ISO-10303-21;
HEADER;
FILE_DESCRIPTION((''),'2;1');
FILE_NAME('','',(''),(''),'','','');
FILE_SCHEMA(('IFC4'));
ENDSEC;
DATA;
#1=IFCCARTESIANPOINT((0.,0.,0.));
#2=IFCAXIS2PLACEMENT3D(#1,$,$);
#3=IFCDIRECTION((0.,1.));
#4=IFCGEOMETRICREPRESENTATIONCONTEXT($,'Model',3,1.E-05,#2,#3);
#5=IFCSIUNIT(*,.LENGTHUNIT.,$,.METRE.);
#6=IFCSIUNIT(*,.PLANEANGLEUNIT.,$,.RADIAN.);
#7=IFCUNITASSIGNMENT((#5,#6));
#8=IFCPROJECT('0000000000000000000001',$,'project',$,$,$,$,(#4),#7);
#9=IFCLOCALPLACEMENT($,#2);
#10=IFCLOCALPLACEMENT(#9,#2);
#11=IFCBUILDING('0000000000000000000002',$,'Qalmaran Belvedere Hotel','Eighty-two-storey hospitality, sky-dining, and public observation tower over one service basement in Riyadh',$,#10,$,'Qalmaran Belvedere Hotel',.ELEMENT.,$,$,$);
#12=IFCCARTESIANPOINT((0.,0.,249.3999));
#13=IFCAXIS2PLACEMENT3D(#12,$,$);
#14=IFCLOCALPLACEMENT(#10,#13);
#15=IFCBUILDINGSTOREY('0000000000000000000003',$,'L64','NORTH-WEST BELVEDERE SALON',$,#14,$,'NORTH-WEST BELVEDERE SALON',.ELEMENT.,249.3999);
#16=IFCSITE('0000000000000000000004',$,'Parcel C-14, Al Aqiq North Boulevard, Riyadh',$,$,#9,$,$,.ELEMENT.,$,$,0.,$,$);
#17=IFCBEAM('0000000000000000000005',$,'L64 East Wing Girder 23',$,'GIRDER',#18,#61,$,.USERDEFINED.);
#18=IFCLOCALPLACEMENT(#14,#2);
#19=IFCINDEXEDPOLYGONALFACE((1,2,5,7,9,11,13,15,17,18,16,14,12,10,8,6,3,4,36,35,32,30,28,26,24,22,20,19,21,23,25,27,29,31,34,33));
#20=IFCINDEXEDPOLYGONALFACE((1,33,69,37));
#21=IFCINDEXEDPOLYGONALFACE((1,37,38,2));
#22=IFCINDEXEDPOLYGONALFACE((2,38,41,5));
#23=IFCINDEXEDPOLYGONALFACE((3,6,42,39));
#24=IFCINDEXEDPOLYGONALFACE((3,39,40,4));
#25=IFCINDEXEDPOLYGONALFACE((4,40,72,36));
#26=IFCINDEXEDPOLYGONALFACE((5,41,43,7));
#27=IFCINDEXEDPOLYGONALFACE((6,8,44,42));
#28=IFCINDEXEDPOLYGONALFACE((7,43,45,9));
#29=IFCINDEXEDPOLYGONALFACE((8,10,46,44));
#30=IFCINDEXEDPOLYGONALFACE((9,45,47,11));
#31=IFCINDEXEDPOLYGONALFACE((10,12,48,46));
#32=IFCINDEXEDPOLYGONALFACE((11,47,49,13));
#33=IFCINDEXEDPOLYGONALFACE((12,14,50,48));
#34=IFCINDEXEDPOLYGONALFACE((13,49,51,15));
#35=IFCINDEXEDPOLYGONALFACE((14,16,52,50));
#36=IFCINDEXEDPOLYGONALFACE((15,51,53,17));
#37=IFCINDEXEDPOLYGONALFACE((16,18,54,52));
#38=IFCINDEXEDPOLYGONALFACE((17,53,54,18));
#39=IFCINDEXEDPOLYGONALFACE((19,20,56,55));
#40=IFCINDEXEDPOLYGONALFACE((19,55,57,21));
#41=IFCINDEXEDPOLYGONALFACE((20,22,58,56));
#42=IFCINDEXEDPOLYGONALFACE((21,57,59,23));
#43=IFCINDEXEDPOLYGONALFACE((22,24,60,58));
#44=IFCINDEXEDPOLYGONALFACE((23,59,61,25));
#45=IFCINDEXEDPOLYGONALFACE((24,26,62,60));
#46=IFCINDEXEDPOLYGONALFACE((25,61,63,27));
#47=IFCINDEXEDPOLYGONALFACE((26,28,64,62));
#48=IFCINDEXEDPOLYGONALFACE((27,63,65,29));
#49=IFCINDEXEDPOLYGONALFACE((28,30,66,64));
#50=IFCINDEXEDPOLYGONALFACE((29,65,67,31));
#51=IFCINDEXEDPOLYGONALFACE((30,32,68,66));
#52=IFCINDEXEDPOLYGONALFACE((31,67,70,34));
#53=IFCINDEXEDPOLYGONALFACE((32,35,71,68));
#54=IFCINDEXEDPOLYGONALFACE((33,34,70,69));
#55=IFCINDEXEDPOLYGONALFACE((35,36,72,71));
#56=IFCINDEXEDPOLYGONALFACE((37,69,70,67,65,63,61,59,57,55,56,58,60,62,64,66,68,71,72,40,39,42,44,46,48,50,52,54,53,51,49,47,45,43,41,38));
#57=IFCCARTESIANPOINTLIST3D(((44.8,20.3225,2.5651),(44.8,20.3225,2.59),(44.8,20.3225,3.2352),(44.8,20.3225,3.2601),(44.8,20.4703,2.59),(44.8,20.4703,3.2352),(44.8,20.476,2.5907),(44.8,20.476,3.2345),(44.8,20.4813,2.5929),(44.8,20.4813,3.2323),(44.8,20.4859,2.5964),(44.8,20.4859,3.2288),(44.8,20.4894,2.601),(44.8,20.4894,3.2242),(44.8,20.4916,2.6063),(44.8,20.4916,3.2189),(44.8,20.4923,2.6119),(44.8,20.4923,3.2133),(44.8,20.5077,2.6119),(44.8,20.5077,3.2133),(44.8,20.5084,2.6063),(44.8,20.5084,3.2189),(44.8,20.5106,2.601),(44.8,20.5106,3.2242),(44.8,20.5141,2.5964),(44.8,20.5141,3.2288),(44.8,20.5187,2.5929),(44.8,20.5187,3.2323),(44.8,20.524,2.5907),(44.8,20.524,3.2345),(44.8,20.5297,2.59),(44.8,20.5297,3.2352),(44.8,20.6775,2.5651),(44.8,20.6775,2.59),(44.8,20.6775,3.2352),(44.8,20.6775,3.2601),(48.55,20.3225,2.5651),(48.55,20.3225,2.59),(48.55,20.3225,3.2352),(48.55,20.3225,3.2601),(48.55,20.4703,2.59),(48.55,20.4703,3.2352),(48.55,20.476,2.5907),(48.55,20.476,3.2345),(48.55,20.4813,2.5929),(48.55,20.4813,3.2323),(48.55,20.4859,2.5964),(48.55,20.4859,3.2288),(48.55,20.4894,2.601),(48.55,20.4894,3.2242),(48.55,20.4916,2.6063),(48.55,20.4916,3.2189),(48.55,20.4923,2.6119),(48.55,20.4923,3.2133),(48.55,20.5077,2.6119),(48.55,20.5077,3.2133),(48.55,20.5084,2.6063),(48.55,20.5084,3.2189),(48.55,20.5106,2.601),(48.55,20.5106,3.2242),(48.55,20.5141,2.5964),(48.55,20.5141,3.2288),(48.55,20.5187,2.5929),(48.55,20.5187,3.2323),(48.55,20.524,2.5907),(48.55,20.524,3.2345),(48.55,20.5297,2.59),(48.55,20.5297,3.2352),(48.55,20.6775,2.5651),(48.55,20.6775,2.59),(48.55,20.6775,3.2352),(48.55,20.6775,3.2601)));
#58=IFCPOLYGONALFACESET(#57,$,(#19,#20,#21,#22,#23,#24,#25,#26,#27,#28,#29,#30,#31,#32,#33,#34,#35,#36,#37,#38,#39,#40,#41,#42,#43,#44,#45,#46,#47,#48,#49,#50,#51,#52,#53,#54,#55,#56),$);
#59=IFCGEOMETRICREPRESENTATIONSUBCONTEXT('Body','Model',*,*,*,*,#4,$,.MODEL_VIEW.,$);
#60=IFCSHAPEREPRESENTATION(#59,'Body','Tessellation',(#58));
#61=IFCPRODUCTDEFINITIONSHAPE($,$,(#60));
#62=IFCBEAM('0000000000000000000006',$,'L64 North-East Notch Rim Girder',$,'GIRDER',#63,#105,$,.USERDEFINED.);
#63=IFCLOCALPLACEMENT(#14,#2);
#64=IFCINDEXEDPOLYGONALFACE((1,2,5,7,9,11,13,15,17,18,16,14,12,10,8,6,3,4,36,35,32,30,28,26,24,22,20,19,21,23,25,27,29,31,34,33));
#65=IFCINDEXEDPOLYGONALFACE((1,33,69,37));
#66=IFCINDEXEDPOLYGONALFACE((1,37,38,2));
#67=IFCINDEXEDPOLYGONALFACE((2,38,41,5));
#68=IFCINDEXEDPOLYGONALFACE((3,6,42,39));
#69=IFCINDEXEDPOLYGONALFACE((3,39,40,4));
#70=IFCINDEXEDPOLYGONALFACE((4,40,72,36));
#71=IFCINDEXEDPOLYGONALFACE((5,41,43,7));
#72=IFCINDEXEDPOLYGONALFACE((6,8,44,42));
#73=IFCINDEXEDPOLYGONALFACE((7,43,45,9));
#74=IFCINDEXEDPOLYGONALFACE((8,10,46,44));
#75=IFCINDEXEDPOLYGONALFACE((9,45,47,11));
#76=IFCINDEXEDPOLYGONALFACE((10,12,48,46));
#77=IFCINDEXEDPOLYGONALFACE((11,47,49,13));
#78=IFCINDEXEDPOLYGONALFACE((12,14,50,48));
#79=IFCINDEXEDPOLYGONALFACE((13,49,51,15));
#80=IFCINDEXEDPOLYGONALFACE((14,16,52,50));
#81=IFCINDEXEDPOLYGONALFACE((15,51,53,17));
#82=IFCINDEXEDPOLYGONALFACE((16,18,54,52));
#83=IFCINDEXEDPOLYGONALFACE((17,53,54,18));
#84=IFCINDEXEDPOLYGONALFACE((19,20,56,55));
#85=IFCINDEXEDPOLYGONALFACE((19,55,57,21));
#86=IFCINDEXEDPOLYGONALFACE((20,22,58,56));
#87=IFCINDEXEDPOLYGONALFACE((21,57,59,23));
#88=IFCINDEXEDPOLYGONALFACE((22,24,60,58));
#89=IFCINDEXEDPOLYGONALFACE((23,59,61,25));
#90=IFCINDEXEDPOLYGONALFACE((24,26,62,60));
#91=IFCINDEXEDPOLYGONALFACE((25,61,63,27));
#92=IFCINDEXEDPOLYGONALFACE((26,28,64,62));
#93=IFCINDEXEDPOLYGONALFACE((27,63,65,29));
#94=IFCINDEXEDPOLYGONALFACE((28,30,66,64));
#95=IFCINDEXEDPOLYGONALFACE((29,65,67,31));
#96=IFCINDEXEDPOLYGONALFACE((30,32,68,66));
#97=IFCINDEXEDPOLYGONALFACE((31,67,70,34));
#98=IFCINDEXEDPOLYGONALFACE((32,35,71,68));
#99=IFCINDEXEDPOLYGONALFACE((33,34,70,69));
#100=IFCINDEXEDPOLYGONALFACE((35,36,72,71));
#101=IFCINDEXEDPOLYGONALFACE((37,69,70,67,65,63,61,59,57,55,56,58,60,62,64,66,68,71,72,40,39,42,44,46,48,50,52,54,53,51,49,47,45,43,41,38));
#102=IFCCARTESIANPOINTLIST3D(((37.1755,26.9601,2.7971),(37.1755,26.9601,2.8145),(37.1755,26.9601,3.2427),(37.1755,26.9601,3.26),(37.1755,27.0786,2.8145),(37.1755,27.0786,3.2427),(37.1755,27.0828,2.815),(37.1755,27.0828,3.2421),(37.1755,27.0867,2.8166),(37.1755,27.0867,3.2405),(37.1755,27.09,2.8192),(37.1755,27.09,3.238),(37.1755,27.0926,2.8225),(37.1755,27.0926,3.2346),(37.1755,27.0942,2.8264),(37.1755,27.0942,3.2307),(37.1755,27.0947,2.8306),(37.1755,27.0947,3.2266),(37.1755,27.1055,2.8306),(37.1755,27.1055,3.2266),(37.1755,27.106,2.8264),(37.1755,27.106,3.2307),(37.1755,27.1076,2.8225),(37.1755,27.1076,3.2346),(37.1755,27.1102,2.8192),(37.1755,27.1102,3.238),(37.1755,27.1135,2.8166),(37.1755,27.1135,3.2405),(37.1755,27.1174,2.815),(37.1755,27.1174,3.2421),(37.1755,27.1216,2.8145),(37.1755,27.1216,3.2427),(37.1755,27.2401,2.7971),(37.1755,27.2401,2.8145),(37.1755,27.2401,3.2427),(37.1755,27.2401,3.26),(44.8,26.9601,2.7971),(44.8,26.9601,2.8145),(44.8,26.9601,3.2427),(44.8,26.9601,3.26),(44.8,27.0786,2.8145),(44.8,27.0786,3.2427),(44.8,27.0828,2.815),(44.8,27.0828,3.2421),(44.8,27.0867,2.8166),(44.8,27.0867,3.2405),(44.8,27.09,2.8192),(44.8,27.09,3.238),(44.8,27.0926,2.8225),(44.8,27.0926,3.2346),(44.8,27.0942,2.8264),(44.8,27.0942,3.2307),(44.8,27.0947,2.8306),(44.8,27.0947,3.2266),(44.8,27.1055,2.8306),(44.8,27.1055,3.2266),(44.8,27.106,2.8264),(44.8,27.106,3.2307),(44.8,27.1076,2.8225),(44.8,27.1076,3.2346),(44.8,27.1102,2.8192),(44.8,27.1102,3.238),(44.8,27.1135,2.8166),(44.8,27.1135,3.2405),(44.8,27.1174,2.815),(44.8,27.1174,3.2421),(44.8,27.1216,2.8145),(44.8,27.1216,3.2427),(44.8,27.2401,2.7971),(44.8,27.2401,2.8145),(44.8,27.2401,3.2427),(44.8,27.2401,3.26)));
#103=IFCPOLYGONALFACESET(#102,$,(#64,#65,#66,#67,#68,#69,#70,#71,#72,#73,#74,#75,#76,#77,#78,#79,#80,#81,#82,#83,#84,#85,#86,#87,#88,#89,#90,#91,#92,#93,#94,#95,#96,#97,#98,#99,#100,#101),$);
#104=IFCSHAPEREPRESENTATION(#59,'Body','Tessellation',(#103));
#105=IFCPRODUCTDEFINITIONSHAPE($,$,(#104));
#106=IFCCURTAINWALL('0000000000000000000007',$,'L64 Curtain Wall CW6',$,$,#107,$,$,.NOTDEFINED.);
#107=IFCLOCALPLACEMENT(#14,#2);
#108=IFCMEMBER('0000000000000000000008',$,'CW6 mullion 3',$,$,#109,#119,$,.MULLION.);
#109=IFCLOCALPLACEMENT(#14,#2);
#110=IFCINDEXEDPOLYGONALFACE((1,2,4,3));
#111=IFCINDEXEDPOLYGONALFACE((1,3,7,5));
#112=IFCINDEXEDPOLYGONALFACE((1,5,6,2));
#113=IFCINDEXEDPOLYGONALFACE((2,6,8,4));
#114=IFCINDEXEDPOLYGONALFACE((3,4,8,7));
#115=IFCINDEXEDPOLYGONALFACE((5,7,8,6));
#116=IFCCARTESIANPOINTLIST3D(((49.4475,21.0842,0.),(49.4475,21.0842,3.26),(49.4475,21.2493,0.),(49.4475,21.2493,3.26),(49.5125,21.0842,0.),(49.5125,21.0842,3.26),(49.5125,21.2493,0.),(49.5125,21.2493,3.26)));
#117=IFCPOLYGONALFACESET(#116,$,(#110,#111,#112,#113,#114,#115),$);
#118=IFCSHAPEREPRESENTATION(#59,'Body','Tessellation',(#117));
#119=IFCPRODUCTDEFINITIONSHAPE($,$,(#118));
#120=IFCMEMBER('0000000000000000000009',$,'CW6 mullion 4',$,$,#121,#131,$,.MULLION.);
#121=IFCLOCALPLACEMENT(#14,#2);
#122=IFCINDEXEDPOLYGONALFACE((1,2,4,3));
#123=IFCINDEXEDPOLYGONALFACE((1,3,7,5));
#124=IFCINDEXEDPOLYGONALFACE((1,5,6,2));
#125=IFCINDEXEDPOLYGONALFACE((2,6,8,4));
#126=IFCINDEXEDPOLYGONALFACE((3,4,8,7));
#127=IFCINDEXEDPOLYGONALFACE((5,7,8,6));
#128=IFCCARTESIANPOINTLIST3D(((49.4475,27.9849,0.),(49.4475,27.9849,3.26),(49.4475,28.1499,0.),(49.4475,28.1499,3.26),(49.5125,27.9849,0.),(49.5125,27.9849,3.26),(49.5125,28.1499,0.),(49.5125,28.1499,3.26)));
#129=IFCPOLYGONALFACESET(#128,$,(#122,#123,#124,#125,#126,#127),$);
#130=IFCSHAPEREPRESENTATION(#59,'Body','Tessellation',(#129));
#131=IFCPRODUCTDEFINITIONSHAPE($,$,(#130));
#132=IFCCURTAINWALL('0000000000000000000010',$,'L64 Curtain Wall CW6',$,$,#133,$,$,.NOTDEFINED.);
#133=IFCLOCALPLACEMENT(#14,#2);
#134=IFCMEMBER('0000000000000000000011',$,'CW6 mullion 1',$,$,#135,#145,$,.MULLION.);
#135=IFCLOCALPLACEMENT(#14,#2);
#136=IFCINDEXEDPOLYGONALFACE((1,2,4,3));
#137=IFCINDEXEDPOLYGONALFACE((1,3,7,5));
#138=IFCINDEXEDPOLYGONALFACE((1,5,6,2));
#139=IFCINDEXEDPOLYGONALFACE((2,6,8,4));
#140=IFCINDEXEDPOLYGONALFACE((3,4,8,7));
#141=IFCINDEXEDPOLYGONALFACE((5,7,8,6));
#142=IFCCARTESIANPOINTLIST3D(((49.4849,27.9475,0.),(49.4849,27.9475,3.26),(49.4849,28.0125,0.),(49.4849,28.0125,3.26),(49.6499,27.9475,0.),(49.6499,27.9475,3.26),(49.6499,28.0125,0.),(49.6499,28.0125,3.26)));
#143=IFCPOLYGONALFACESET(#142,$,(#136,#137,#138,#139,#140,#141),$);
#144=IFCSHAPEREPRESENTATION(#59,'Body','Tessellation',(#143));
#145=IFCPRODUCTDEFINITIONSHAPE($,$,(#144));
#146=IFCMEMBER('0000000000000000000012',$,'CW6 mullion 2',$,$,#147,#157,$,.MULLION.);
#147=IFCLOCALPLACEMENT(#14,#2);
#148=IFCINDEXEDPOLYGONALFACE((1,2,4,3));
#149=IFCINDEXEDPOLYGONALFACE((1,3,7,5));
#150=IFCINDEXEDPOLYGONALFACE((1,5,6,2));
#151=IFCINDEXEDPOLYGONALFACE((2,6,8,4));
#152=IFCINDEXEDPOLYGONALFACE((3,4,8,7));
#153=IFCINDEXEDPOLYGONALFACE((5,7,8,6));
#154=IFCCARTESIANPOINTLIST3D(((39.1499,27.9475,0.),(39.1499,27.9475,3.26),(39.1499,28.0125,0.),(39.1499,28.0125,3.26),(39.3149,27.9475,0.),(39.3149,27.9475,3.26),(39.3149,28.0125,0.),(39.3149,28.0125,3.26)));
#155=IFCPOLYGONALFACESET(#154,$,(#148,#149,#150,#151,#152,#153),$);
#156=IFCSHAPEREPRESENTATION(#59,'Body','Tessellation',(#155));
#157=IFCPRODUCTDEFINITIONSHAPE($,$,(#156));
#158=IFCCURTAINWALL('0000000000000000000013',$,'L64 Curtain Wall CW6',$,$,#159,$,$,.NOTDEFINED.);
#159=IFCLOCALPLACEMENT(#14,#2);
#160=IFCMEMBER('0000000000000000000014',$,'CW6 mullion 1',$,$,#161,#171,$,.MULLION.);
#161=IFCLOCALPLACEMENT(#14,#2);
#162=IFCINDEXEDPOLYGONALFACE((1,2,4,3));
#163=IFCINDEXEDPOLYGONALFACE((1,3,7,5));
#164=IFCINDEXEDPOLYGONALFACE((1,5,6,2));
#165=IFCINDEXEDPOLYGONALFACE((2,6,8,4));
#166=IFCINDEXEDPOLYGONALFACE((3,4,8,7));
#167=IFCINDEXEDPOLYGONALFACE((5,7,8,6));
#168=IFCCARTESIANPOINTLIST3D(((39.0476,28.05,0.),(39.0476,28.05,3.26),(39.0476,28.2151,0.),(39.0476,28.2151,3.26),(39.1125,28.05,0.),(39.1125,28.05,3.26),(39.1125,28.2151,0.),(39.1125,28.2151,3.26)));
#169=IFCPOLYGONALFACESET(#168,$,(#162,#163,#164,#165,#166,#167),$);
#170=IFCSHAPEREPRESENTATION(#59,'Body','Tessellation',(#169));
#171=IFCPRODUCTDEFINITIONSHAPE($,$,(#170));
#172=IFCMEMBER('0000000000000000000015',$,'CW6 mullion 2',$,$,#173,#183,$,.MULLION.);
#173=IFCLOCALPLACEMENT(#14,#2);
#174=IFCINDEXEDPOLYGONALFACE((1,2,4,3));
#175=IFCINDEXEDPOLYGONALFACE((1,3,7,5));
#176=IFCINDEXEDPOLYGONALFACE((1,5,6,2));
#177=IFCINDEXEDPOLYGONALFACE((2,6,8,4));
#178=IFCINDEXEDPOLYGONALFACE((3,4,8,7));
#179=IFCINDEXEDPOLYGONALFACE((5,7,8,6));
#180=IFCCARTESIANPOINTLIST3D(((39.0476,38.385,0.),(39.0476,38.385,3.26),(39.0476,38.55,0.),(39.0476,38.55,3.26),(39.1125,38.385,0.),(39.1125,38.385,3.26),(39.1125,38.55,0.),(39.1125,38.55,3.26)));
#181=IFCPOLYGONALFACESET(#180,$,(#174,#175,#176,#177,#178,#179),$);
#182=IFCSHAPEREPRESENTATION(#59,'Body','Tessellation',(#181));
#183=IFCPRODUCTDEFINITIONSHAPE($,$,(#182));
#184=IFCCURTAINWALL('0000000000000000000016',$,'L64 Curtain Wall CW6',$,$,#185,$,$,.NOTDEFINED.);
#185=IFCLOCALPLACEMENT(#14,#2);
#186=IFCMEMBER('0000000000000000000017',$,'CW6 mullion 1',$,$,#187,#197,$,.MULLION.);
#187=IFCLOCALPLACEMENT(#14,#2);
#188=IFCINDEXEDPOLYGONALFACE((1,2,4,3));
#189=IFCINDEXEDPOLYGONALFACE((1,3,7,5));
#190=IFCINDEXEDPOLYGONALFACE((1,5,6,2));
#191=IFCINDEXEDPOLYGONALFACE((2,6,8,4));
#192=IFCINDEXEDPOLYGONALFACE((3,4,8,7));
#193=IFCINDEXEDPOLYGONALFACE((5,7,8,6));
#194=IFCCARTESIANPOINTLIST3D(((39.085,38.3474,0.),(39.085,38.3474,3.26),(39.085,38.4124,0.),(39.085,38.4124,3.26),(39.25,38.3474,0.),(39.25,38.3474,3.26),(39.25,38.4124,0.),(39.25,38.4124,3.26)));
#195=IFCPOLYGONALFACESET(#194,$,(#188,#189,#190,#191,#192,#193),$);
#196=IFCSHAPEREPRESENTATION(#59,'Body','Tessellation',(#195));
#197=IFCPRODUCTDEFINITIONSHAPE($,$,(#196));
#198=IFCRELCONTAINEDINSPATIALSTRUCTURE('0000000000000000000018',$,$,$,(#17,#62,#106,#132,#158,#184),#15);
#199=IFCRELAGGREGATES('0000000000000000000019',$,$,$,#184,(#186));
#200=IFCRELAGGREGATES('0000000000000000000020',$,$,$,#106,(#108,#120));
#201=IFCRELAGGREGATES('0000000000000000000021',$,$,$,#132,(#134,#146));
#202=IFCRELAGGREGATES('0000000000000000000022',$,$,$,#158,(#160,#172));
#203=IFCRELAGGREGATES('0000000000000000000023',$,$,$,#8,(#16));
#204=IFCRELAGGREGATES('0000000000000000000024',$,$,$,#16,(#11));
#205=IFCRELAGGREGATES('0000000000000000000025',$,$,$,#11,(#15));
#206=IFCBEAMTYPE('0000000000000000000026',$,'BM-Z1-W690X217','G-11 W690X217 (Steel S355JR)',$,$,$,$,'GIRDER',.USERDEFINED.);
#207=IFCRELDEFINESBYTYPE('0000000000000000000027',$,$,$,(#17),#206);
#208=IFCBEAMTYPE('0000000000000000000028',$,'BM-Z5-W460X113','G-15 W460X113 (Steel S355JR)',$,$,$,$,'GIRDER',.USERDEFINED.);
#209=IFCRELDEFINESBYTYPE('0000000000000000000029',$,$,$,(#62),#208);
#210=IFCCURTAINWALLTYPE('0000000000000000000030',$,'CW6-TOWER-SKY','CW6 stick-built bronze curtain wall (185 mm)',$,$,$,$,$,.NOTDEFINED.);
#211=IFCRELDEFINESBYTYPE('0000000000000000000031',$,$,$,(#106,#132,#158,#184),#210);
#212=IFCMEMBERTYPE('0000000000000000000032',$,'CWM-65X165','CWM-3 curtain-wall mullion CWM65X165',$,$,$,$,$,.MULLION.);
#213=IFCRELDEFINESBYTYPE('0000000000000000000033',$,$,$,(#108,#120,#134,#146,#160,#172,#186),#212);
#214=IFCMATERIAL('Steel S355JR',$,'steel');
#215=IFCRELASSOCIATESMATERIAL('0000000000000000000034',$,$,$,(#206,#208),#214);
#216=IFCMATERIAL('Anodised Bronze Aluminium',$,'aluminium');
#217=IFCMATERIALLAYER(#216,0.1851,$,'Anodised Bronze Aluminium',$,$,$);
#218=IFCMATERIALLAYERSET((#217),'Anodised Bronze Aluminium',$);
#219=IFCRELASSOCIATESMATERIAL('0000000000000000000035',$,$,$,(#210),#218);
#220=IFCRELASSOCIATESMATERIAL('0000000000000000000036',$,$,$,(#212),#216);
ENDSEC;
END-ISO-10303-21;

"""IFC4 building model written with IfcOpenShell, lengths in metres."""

from ifc_helpers import new_model, si_unit, direction, frame, origin, origin_2d, place, context, subcontext, project, spatial, rectangle, i_section, extrude, material, layer, layer_set, material_profile, profile_set, type_object, element, aggregate, save


model = new_model("IFC4")

# Units and contexts
model_context = context("Model", 3, precision=1e-05, world=origin(), true_north=direction((0.0, 1.0)))
body_context = subcontext(model_context, "Body", "Model", "MODEL_VIEW")
ifc_project = project(units=[si_unit("LENGTHUNIT", "METRE"), si_unit("PLANEANGLEUNIT", "RADIAN")], contexts=[model_context])

# Site, building, storey
site_placement = place(None, origin())
site = spatial("IfcSite", under=ifc_project, at=site_placement, Name="Parcel C-14, Al Aqiq North Boulevard, Riyadh", CompositionType="ELEMENT", RefElevation=0.0)
building_placement = place(site_placement, origin())
building = spatial("IfcBuilding", under=site, at=building_placement, Name="Qalmaran Belvedere Hotel", Description="Eighty-two-storey hospitality, sky-dining, and public observation tower over one service basement in Riyadh", LongName="Qalmaran Belvedere Hotel", CompositionType="ELEMENT")
storey_placement = place(building_placement, frame((0.0, 0.0, 249.3999)))
storey = spatial("IfcBuildingStorey", under=building, at=storey_placement, Name="L64", Description="NORTH-WEST BELVEDERE SALON", LongName="NORTH-WEST BELVEDERE SALON", CompositionType="ELEMENT", Elevation=249.3999)

# Beams
ifc_material_1 = material(Name="Steel S355JR", Category="steel")
ifc_material_profile_1 = material_profile(ifc_material_1, i_section(OverallWidth=0.355, OverallDepth=0.6951, WebThickness=0.0154, FlangeThickness=0.0249, FilletRadius=0.022, at=origin_2d()), Name="W690X217")
ifc_profile_set_1 = profile_set([ifc_material_profile_1], Name="Steel S355JR")
beam_type_1 = type_object("IfcBeamType", Name="BM-Z1-W690X217", Description="G-11 W690X217 (Steel S355JR)", ElementType="GIRDER", PredefinedType="USERDEFINED", material=ifc_profile_set_1)
beam_1_placement = place(storey_placement, frame((44.8, 20.5, 2.9126), z_axis=(1.0, 0.0, 0.0), x_axis=(0.0, 1.0, 0.0)))
element("IfcBeam", 1, at=beam_1_placement, inside=storey, type_object=beam_type_1, Name="L64 East Wing Girder 23", ObjectType="GIRDER", PredefinedType="USERDEFINED", context=body_context, shape_type="SweptSolid", body=[
    extrude(i_section(OverallWidth=0.355, OverallDepth=0.6951, WebThickness=0.0154, FlangeThickness=0.0249, FilletRadius=0.022, at=origin_2d()), origin(), (0.0, 0.0, 1.0), 3.75),
])
ifc_material_profile_2 = material_profile(ifc_material_1, i_section(OverallWidth=0.28, OverallDepth=0.4629, WebThickness=0.0107, FlangeThickness=0.0173, FilletRadius=0.0161, at=origin_2d()), Name="W460X113")
ifc_profile_set_2 = profile_set([ifc_material_profile_2], Name="Steel S355JR")
beam_type_2 = type_object("IfcBeamType", Name="BM-Z5-W460X113", Description="G-15 W460X113 (Steel S355JR)", ElementType="GIRDER", PredefinedType="USERDEFINED", material=ifc_profile_set_2)
beam_2_placement = place(storey_placement, frame((37.1755, 27.1001, 3.0286), z_axis=(1.0, 0.0, 0.0), x_axis=(0.0, 1.0, 0.0)))
element("IfcBeam", 2, at=beam_2_placement, inside=storey, type_object=beam_type_2, Name="L64 North-East Notch Rim Girder", ObjectType="GIRDER", PredefinedType="USERDEFINED", context=body_context, shape_type="SweptSolid", body=[
    extrude(i_section(OverallWidth=0.28, OverallDepth=0.4629, WebThickness=0.0107, FlangeThickness=0.0173, FilletRadius=0.0161, at=origin_2d()), origin(), (0.0, 0.0, 1.0), 7.6245),
])

# Curtain walls, members
ifc_material_2 = material(Name="Anodised Bronze Aluminium", Category="aluminium")
ifc_layer_1 = layer(ifc_material_2, 0.1851, Name="Anodised Bronze Aluminium")
ifc_layer_set_1 = layer_set([ifc_layer_1], Name="Anodised Bronze Aluminium")
curtain_wall_type = type_object("IfcCurtainWallType", Name="CW6-TOWER-SKY", Description="CW6 stick-built bronze curtain wall (185 mm)", PredefinedType="NOTDEFINED", material=ifc_layer_set_1)
curtain_wall_1_placement = place(storey_placement, origin())
curtain_wall_1 = element("IfcCurtainWall", 3, at=curtain_wall_1_placement, inside=storey, type_object=curtain_wall_type, Name="L64 Curtain Wall CW6", PredefinedType="NOTDEFINED")
ifc_material_profile_3 = material_profile(ifc_material_2, rectangle(XDim=0.0649, YDim=0.165, at=origin_2d()), Name="CWM65X165")
ifc_profile_set_3 = profile_set([ifc_material_profile_3], Name="Anodised Bronze Aluminium")
member_type_1 = type_object("IfcMemberType", Name="CWM-65X165", Description="CWM-3 curtain-wall mullion CWM65X165", PredefinedType="MULLION", material=ifc_profile_set_3)
member_1_placement = place(storey_placement, frame((49.48, 21.1667, 0.0), z_axis=(0.0, 0.0, 1.0), x_axis=(-1.0, 0.0, 0.0)))
member_1 = element("IfcMember", 4, at=member_1_placement, type_object=member_type_1, Name="CW6 mullion 3", PredefinedType="MULLION", context=body_context, shape_type="SweptSolid", body=[
    extrude(rectangle(XDim=0.0649, YDim=0.165, at=origin_2d()), origin(), (0.0, 0.0, 1.0), 3.26),
])
member_2_placement = place(storey_placement, frame((49.48, 28.0674, 0.0), z_axis=(0.0, 0.0, 1.0), x_axis=(-1.0, 0.0, 0.0)))
member_2 = element("IfcMember", 5, at=member_2_placement, type_object=member_type_1, Name="CW6 mullion 4", PredefinedType="MULLION", context=body_context, shape_type="SweptSolid", body=[
    extrude(rectangle(XDim=0.0649, YDim=0.165, at=origin_2d()), origin(), (0.0, 0.0, 1.0), 3.26),
])
curtain_wall_2_placement = place(storey_placement, origin())
curtain_wall_2 = element("IfcCurtainWall", 6, at=curtain_wall_2_placement, inside=storey, type_object=curtain_wall_type, Name="L64 Curtain Wall CW6", PredefinedType="NOTDEFINED")
member_3_placement = place(storey_placement, frame((49.5674, 27.98, 0.0), z_axis=(0.0, 0.0, 1.0), x_axis=(0.0, -1.0, 0.0)))
member_3 = element("IfcMember", 7, at=member_3_placement, type_object=member_type_1, Name="CW6 mullion 1", PredefinedType="MULLION", context=body_context, shape_type="SweptSolid", body=[
    extrude(rectangle(XDim=0.0649, YDim=0.165, at=origin_2d()), origin(), (0.0, 0.0, 1.0), 3.26),
])
member_4_placement = place(storey_placement, frame((39.2324, 27.98, 0.0), z_axis=(0.0, 0.0, 1.0), x_axis=(0.0, -1.0, 0.0)))
member_4 = element("IfcMember", 8, at=member_4_placement, type_object=member_type_1, Name="CW6 mullion 2", PredefinedType="MULLION", context=body_context, shape_type="SweptSolid", body=[
    extrude(rectangle(XDim=0.0649, YDim=0.165, at=origin_2d()), origin(), (0.0, 0.0, 1.0), 3.26),
])
curtain_wall_3_placement = place(storey_placement, origin())
curtain_wall_3 = element("IfcCurtainWall", 9, at=curtain_wall_3_placement, inside=storey, type_object=curtain_wall_type, Name="L64 Curtain Wall CW6", PredefinedType="NOTDEFINED")
member_5_placement = place(storey_placement, frame((39.0801, 28.1326, 0.0), z_axis=(0.0, 0.0, 1.0), x_axis=(-1.0, 0.0, 0.0)))
member_5 = element("IfcMember", 10, at=member_5_placement, type_object=member_type_1, Name="CW6 mullion 1", PredefinedType="MULLION", context=body_context, shape_type="SweptSolid", body=[
    extrude(rectangle(XDim=0.0649, YDim=0.165, at=origin_2d()), origin(), (0.0, 0.0, 1.0), 3.26),
])
member_6_placement = place(storey_placement, frame((39.0801, 38.4675, 0.0), z_axis=(0.0, 0.0, 1.0), x_axis=(-1.0, 0.0, 0.0)))
member_6 = element("IfcMember", 11, at=member_6_placement, type_object=member_type_1, Name="CW6 mullion 2", PredefinedType="MULLION", context=body_context, shape_type="SweptSolid", body=[
    extrude(rectangle(XDim=0.0649, YDim=0.165, at=origin_2d()), origin(), (0.0, 0.0, 1.0), 3.26),
])

# Curtain wall, member
curtain_wall_4_placement = place(storey_placement, origin())
curtain_wall_4 = element("IfcCurtainWall", 12, at=curtain_wall_4_placement, inside=storey, type_object=curtain_wall_type, Name="L64 Curtain Wall CW6", PredefinedType="NOTDEFINED")
member_7_placement = place(storey_placement, frame((39.1675, 38.3799, 0.0), z_axis=(0.0, 0.0, 1.0), x_axis=(0.0, -1.0, 0.0)))
member_7 = element("IfcMember", 13, at=member_7_placement, type_object=member_type_1, Name="CW6 mullion 1", PredefinedType="MULLION", context=body_context, shape_type="SweptSolid", body=[
    extrude(rectangle(XDim=0.0649, YDim=0.165, at=origin_2d()), origin(), (0.0, 0.0, 1.0), 3.26),
])

aggregate(curtain_wall_4, [member_7])

aggregate(curtain_wall_1, [member_1, member_2])
aggregate(curtain_wall_2, [member_3, member_4])
aggregate(curtain_wall_3, [member_5, member_6])

save(model, "model.ifc")
